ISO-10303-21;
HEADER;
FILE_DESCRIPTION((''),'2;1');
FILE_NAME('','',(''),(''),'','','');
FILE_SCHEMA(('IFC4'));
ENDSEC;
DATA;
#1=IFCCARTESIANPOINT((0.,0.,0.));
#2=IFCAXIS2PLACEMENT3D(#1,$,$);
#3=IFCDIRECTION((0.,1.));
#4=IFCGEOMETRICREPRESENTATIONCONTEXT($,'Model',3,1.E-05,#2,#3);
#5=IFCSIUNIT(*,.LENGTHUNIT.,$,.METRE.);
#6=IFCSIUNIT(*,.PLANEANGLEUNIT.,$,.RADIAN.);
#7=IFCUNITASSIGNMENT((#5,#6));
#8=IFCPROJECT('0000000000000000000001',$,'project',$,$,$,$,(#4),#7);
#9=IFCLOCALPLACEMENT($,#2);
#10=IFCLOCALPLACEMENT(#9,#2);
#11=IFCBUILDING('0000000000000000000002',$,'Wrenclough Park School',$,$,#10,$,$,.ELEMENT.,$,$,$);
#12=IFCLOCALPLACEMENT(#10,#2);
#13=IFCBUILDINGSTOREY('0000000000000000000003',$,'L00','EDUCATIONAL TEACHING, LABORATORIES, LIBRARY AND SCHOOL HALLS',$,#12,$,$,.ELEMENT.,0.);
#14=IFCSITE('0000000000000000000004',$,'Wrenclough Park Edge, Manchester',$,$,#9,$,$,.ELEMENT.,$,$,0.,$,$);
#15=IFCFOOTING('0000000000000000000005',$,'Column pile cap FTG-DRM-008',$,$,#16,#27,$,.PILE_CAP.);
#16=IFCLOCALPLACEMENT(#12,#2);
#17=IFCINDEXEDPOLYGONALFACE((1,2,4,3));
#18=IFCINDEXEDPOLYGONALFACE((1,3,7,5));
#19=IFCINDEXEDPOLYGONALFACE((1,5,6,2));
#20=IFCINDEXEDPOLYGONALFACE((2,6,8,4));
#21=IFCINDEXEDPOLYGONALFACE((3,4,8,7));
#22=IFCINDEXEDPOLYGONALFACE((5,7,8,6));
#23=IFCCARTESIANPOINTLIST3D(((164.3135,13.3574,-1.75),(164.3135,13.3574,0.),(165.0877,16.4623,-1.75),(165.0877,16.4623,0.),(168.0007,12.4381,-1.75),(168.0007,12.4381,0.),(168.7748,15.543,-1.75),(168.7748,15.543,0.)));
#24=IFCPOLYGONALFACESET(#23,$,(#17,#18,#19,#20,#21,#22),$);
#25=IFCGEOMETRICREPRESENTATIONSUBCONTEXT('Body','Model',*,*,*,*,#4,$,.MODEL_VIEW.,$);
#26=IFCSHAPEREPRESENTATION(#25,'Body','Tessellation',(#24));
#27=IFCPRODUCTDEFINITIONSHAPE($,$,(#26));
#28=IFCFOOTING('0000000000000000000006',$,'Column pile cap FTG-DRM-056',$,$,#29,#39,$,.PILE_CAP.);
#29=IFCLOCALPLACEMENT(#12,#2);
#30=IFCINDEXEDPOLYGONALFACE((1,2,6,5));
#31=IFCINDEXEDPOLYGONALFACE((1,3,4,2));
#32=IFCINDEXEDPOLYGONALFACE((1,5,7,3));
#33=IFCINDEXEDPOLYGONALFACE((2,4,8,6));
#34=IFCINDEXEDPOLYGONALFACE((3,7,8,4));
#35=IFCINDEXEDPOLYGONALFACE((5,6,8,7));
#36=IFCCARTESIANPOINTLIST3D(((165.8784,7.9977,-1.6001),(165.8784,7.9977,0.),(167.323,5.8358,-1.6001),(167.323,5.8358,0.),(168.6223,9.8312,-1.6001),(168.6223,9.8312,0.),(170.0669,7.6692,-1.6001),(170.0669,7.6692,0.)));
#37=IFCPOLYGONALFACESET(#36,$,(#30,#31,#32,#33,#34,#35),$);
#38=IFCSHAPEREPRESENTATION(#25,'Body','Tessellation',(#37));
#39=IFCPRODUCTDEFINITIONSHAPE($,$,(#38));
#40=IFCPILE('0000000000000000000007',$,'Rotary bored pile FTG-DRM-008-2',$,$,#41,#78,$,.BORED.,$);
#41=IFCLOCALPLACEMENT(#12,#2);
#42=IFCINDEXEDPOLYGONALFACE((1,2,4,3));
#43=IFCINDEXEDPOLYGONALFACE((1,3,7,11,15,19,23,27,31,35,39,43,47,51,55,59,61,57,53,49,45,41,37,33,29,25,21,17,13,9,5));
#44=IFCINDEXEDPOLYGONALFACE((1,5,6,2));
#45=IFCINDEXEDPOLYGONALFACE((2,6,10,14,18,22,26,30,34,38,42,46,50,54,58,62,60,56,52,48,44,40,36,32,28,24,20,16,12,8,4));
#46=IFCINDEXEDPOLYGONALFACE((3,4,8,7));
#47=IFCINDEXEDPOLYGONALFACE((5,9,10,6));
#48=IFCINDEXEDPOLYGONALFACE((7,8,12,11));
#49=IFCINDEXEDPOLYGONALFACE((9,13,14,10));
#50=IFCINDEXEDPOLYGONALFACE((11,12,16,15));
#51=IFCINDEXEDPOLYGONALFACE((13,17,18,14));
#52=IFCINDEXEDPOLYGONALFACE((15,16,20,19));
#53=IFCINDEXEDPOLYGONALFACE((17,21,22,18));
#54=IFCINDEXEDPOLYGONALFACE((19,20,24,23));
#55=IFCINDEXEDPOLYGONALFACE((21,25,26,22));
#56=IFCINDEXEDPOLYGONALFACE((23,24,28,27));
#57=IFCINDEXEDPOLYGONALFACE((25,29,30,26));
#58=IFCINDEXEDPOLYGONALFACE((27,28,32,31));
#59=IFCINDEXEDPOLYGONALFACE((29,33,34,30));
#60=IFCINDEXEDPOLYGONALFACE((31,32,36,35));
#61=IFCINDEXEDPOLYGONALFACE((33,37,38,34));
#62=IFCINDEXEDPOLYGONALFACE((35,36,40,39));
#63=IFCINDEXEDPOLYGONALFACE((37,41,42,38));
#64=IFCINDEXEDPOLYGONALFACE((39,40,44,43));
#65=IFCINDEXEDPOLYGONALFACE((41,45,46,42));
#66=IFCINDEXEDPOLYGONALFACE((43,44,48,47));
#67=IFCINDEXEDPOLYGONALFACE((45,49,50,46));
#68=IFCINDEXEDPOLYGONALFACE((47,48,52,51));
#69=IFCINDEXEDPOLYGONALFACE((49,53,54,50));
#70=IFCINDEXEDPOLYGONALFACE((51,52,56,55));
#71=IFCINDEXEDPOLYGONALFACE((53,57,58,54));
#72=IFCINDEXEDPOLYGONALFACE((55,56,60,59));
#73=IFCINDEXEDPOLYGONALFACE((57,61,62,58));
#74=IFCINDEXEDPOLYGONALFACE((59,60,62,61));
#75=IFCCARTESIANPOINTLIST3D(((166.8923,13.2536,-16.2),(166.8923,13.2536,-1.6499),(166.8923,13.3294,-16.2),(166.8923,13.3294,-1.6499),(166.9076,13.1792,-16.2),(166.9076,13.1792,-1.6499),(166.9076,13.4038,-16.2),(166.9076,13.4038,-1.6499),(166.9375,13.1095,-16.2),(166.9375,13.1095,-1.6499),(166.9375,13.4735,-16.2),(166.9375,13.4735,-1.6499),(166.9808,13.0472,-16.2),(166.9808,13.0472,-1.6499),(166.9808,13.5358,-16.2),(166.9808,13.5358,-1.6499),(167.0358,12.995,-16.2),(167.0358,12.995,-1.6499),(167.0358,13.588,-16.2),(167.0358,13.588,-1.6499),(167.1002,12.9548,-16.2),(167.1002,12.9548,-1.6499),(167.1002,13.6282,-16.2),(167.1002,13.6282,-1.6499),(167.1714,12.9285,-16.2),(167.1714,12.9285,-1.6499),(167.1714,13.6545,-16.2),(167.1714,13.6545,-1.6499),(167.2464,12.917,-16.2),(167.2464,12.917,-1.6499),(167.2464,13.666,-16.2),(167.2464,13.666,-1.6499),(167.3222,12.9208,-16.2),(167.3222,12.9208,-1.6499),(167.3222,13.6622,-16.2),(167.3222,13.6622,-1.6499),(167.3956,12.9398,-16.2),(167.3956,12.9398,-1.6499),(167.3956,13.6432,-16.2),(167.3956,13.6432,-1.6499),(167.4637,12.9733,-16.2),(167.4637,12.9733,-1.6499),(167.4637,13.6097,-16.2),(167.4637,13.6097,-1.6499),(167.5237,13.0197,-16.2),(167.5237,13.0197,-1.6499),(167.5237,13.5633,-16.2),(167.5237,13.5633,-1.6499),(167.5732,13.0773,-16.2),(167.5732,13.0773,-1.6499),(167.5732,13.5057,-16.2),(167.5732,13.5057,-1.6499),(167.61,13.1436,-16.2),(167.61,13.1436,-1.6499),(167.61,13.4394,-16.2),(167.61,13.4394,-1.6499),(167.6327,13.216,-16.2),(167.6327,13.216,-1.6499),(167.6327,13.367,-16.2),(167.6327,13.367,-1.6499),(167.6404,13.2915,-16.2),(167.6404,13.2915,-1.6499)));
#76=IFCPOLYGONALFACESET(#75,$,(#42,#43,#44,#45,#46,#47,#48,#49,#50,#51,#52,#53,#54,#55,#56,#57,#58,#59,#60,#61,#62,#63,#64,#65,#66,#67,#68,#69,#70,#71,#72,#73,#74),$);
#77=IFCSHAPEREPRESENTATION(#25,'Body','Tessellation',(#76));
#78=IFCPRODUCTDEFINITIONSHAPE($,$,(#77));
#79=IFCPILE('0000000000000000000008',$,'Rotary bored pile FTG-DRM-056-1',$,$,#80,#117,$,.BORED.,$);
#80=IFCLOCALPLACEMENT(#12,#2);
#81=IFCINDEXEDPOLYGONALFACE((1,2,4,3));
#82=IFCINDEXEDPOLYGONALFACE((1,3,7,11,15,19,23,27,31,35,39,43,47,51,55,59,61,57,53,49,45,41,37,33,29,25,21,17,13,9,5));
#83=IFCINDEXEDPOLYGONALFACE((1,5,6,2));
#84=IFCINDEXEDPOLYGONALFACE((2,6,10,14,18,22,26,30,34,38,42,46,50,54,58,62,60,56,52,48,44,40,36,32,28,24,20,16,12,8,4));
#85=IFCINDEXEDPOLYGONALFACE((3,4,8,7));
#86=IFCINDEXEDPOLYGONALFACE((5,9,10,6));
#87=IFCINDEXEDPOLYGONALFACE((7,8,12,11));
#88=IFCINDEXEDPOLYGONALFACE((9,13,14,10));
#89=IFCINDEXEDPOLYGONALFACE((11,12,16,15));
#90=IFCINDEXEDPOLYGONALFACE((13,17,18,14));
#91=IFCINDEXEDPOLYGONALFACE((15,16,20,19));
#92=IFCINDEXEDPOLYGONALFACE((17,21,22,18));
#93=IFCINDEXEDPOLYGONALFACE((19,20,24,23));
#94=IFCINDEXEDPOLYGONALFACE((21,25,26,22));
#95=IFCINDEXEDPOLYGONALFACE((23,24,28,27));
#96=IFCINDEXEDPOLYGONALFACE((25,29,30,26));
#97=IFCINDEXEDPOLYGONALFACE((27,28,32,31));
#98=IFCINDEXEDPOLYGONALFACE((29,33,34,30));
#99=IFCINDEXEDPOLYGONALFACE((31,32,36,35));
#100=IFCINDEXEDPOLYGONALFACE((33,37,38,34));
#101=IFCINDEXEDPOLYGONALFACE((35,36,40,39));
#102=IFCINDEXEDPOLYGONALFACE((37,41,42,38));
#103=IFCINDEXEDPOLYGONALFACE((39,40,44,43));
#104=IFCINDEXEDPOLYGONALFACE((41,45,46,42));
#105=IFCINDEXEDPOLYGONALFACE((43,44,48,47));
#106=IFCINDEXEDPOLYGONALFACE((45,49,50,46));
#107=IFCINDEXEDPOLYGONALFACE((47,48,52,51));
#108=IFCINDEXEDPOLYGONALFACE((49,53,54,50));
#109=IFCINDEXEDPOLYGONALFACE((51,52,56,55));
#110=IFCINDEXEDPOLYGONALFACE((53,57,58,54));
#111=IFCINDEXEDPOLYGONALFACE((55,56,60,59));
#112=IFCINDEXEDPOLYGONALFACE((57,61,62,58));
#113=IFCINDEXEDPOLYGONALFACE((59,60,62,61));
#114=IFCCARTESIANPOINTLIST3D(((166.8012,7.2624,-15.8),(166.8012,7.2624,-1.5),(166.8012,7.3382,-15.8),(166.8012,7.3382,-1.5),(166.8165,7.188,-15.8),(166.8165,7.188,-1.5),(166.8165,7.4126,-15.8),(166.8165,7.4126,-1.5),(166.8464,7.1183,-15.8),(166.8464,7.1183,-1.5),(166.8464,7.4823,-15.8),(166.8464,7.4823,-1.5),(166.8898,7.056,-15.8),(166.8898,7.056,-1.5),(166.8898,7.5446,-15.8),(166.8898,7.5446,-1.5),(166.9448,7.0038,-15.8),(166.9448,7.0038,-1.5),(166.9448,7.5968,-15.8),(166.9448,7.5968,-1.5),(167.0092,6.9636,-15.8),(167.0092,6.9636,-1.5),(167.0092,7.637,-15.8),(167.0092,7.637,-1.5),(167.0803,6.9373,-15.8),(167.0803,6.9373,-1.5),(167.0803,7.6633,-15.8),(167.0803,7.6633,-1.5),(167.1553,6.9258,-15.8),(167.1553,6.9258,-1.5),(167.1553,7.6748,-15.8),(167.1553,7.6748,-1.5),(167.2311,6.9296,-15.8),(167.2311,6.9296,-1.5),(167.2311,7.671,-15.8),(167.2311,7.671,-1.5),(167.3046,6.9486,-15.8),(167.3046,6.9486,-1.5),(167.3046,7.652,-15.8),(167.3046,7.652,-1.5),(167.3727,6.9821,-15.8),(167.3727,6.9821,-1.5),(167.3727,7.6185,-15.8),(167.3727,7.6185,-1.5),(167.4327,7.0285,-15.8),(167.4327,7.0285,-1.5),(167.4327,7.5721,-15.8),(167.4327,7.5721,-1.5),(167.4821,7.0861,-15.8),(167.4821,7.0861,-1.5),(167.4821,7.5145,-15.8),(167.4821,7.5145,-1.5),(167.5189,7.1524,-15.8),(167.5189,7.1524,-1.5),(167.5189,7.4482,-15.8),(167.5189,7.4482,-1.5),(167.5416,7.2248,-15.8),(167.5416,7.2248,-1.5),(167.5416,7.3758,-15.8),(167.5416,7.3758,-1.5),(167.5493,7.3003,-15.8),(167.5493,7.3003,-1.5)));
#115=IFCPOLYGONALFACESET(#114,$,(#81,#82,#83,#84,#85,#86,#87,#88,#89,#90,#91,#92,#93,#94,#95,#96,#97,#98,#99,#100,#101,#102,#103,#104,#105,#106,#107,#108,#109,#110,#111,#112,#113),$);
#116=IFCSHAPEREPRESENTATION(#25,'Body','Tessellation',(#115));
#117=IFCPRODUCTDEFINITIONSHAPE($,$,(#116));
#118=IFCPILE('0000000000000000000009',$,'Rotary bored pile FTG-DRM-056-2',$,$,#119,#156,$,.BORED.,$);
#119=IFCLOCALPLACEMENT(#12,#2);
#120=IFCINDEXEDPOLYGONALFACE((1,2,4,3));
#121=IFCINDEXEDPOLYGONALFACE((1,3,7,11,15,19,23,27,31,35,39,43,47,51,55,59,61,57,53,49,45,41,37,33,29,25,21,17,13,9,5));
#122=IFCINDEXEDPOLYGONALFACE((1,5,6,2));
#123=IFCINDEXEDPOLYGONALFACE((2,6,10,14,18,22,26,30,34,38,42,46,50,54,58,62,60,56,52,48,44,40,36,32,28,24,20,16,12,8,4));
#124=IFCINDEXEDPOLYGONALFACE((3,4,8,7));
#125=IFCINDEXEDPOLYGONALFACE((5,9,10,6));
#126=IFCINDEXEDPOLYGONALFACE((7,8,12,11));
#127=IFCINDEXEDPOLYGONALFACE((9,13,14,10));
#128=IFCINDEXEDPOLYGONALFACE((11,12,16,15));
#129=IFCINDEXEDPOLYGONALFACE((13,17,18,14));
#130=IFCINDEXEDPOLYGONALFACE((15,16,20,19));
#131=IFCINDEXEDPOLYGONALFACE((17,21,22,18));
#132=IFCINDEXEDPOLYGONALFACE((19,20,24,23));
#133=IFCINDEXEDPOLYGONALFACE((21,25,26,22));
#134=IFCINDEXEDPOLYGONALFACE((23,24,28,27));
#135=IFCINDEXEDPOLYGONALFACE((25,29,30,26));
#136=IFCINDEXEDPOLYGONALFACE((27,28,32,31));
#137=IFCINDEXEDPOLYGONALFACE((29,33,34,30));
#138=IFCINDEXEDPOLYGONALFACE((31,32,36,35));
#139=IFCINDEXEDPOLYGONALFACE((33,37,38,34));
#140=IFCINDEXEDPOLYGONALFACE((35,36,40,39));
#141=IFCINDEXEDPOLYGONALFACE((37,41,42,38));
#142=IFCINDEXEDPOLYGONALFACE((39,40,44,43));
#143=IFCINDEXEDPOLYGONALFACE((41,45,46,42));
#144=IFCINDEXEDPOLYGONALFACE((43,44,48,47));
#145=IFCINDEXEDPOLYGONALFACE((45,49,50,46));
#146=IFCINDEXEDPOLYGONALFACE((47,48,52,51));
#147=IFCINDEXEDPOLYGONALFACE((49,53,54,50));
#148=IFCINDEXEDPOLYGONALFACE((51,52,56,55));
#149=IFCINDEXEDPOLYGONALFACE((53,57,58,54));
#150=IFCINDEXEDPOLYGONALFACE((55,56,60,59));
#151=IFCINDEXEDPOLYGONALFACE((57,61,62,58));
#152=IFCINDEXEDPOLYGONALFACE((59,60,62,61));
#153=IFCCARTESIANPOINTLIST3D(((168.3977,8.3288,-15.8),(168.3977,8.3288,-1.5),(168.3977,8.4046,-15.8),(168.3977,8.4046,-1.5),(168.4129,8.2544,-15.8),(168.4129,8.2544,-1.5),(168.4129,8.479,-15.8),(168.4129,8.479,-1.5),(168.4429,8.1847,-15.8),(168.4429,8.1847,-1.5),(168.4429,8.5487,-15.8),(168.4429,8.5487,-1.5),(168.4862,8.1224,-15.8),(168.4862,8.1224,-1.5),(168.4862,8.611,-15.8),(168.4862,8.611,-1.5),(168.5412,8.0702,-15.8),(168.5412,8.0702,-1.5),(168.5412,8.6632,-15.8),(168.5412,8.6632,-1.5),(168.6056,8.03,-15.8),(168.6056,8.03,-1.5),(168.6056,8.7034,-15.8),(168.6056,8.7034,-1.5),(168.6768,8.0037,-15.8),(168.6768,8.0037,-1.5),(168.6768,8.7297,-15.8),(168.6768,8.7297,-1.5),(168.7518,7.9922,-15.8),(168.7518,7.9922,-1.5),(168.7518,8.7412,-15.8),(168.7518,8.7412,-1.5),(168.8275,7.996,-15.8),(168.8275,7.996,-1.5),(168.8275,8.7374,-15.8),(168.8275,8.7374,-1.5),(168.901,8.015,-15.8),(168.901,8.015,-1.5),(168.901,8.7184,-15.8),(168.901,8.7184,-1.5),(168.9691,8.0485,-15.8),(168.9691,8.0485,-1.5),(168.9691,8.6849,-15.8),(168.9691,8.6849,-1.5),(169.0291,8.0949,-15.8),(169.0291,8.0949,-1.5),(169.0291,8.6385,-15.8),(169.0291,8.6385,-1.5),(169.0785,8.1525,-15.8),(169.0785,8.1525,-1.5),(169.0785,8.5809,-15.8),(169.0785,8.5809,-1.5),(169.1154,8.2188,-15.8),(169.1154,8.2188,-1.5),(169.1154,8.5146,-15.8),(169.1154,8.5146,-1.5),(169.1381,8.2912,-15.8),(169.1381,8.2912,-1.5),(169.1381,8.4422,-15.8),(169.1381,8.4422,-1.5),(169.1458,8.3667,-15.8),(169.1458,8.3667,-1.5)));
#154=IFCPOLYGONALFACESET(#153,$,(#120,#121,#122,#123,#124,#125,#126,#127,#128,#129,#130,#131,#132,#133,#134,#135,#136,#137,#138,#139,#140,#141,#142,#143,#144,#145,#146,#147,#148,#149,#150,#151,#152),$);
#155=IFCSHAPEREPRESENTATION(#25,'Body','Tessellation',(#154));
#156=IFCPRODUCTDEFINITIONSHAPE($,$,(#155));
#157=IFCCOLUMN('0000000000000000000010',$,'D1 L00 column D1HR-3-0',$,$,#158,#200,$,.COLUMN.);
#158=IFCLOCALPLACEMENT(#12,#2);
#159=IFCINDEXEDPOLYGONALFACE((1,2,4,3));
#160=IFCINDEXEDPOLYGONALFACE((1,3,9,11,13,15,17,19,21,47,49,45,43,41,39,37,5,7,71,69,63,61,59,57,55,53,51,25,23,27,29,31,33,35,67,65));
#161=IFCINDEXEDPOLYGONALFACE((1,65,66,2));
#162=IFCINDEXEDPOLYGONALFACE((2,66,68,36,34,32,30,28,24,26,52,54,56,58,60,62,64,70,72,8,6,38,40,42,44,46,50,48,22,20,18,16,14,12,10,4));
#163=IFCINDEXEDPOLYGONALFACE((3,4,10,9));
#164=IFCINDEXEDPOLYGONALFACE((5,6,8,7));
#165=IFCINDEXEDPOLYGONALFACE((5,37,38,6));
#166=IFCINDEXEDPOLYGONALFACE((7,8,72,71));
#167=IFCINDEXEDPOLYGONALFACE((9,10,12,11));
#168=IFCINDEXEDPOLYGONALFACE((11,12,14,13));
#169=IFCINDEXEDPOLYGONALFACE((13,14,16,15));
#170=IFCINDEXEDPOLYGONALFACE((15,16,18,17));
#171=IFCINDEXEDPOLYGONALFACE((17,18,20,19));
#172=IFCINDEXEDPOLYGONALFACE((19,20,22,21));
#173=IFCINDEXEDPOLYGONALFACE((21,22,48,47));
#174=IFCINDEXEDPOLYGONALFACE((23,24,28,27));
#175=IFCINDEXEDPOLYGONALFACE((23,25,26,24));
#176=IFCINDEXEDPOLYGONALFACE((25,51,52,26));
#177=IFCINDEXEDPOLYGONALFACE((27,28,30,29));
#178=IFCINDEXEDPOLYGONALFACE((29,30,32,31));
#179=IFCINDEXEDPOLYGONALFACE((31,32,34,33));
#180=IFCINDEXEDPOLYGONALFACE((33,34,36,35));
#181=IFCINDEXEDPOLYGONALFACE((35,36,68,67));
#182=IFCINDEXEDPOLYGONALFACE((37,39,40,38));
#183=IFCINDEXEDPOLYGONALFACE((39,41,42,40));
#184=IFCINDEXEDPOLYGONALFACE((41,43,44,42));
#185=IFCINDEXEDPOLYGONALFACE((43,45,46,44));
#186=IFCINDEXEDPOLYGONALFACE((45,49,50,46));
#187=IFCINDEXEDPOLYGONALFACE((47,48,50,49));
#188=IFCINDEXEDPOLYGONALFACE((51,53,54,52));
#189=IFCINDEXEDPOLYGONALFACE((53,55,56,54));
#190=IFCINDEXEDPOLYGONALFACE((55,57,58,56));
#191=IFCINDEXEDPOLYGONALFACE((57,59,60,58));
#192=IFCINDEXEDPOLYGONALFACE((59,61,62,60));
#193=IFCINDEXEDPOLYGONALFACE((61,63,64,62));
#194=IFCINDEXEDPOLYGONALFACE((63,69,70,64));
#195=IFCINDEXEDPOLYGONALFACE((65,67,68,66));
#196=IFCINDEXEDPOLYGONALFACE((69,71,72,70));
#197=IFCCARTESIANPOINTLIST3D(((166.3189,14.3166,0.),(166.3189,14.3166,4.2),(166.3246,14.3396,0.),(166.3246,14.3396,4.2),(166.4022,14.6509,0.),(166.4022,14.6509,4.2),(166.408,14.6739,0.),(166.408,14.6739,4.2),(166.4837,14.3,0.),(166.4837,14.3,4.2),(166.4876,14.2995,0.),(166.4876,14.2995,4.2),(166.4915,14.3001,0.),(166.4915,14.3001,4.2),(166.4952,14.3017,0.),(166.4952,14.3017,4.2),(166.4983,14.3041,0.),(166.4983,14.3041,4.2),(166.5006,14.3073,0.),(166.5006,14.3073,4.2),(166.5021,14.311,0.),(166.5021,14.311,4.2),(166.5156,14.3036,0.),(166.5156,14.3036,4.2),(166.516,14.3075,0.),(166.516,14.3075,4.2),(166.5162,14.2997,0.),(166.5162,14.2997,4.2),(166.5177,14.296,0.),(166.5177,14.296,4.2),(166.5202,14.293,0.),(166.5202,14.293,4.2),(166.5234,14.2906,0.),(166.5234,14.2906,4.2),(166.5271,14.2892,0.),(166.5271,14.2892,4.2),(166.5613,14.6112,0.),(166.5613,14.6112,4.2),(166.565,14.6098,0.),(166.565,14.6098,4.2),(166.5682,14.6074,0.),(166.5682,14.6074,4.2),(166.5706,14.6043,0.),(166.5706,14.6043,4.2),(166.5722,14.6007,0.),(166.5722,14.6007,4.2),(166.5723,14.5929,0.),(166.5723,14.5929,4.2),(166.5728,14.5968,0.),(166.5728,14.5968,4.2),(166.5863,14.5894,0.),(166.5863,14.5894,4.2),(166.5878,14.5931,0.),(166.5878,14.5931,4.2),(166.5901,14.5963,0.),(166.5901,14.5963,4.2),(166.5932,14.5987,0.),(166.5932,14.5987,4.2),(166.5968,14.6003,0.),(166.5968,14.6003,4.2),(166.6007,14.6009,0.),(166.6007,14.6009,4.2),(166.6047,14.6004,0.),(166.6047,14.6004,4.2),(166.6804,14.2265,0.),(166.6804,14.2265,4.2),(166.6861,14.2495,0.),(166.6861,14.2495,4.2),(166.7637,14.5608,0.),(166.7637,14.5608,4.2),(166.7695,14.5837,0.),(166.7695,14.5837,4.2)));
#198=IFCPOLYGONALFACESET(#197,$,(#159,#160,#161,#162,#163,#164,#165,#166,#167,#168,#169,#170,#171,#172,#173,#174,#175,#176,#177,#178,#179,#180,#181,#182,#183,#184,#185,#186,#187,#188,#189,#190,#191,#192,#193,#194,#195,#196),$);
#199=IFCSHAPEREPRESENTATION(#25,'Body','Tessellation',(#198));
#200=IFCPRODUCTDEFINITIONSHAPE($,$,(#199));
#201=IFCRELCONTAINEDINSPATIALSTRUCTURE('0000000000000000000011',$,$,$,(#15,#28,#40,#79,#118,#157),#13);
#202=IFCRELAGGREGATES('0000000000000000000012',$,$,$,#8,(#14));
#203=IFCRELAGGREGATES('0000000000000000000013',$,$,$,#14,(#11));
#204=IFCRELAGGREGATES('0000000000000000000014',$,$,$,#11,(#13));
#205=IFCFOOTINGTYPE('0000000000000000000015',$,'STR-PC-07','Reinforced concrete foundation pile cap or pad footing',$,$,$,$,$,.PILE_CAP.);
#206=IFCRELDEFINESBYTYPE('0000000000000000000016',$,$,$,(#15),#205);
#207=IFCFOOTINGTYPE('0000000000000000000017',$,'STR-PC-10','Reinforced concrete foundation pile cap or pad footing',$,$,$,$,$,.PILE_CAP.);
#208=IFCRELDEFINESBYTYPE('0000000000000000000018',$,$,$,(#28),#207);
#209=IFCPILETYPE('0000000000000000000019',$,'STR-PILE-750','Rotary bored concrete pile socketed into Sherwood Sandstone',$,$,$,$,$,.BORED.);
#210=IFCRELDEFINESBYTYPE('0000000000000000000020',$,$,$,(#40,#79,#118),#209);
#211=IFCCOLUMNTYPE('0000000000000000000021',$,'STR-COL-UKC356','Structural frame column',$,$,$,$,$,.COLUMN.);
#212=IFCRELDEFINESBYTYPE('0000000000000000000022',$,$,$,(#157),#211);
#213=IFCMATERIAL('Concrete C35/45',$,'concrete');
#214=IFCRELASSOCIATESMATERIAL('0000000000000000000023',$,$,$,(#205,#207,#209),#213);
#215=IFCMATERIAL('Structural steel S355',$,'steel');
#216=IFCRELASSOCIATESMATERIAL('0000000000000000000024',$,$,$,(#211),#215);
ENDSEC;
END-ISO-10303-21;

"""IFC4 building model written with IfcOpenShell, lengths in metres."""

from ifc_helpers import new_model, si_unit, direction, frame, origin, origin_2d, place, context, subcontext, project, spatial, rectangle, circle, i_section, extrude, material, material_profile, profile_set, type_object, element, save


model = new_model("IFC4")

# Units and contexts
model_context = context("Model", 3, precision=1e-05, world=origin(), true_north=direction((0.0, 1.0)))
body_context = subcontext(model_context, "Body", "Model", "MODEL_VIEW")
ifc_project = project(units=[si_unit("LENGTHUNIT", "METRE"), si_unit("PLANEANGLEUNIT", "RADIAN")], contexts=[model_context])

# Site, building, storey
site_placement = place(None, origin())
site = spatial("IfcSite", under=ifc_project, at=site_placement, Name="Wrenclough Park Edge, Manchester", CompositionType="ELEMENT", RefElevation=0.0)
building_placement = place(site_placement, origin())
building = spatial("IfcBuilding", under=site, at=building_placement, Name="Wrenclough Park School", CompositionType="ELEMENT")
storey_placement = place(building_placement, origin())
storey = spatial("IfcBuildingStorey", under=building, at=storey_placement, Name="L00", Description="EDUCATIONAL TEACHING, LABORATORIES, LIBRARY AND SCHOOL HALLS", CompositionType="ELEMENT", Elevation=0.0)

# Footings
ifc_material_1 = material(Name="Concrete C35/45", Category="concrete")
footing_type_1 = type_object("IfcFootingType", Name="STR-PC-07", Description="Reinforced concrete foundation pile cap or pad footing", PredefinedType="PILE_CAP", material=ifc_material_1)
footing_1_placement = place(storey_placement, frame((166.5442, 14.4502, -1.75), z_axis=(0.0, 0.0, 1.0), x_axis=(0.970296, -0.241922, 0.0)))
element("IfcFooting", 1, at=footing_1_placement, inside=storey, type_object=footing_type_1, Name="Column pile cap FTG-DRM-008", PredefinedType="PILE_CAP", context=body_context, shape_type="SweptSolid", body=[
    extrude(rectangle(XDim=3.8, YDim=3.2, at=origin_2d()), origin(), (0.0, 0.0, 1.0), 1.75),
])
footing_type_2 = type_object("IfcFootingType", Name="STR-PC-10", Description="Reinforced concrete foundation pile cap or pad footing", PredefinedType="PILE_CAP", material=ifc_material_1)
footing_2_placement = place(storey_placement, frame((167.9727, 7.8335, -1.6001), z_axis=(0.0, 0.0, 1.0), x_axis=(0.83147, 0.55557, 0.0)))
element("IfcFooting", 2, at=footing_2_placement, inside=storey, type_object=footing_type_2, Name="Column pile cap FTG-DRM-056", PredefinedType="PILE_CAP", context=body_context, shape_type="SweptSolid", body=[
    extrude(rectangle(XDim=3.3, YDim=2.6001, at=origin_2d()), origin(), (0.0, 0.0, 1.0), 1.6001),
])

# Piles
ifc_material_profile_1 = material_profile(ifc_material_1, circle(Radius=0.375, at=origin_2d()), Name="BORED PILE D750")
ifc_profile_set_1 = profile_set([ifc_material_profile_1], Name="Concrete C35/45")
pile_type = type_object("IfcPileType", Name="STR-PILE-750", Description="Rotary bored concrete pile socketed into Sherwood Sandstone", PredefinedType="BORED", material=ifc_profile_set_1)
pile_placement = place(storey_placement, frame((167.2654, 13.2915, -1.6499), z_axis=(0.0, 0.0, -1.0), x_axis=(1.0, 0.0, 0.0)))
element("IfcPile", 3, at=pile_placement, inside=storey, type_object=pile_type, Name="Rotary bored pile FTG-DRM-008-2", PredefinedType="BORED", context=body_context, shape_type="SweptSolid", body=[
    extrude(circle(Radius=0.375, at=origin_2d()), origin(), (0.0, 0.0, 1.0), 14.55),
])
for number, where, z_axis, x_axis, name in (
    (4, (167.1743, 7.3003, -1.5), (0.0, 0.0, -1.0), (1.0, 0.0, 0.0), "Rotary bored pile FTG-DRM-056-1"),
    (5, (168.7708, 8.3667, -1.5), (0.0, 0.0, -1.0), (1.0, 0.0, 0.0), "Rotary bored pile FTG-DRM-056-2"),
):
    element("IfcPile", number, at=place(storey_placement, frame(where, z_axis=z_axis, x_axis=x_axis)), inside=storey, type_object=pile_type, Name=name, PredefinedType="BORED", context=body_context, shape_type="SweptSolid", body=[
        extrude(circle(Radius=0.375, at=origin_2d()), origin(), (0.0, 0.0, 1.0), 14.3),
    ])

# Column
ifc_material_2 = material(Name="Structural steel S355", Category="steel")
ifc_material_profile_2 = material_profile(ifc_material_2, i_section(OverallWidth=0.3726, OverallDepth=0.3682, WebThickness=0.0144, FlangeThickness=0.0237, FilletRadius=0.0151, at=origin_2d()), Name="UKC 356x368x177")
ifc_profile_set_2 = profile_set([ifc_material_profile_2], Name="Structural steel S355")
column_type_1 = type_object("IfcColumnType", Name="STR-COL-UKC356", Description="Structural frame column", PredefinedType="COLUMN", material=ifc_profile_set_2)
column_1_placement = place(storey_placement, frame((166.5442, 14.4502, 0.0), z_axis=(0.0, 0.0, 1.0), x_axis=(0.970296, -0.241922, 0.0)))
element("IfcColumn", 6, at=column_1_placement, inside=storey, type_object=column_type_1, Name="D1 L00 column D1HR-3-0", PredefinedType="COLUMN", context=body_context, shape_type="SweptSolid", body=[
    extrude(i_section(OverallWidth=0.3726, OverallDepth=0.3682, WebThickness=0.0144, FlangeThickness=0.0237, FilletRadius=0.0151, at=origin_2d()), origin(), (0.0, 0.0, 1.0), 4.2),
])

save(model, "model.ifc")
